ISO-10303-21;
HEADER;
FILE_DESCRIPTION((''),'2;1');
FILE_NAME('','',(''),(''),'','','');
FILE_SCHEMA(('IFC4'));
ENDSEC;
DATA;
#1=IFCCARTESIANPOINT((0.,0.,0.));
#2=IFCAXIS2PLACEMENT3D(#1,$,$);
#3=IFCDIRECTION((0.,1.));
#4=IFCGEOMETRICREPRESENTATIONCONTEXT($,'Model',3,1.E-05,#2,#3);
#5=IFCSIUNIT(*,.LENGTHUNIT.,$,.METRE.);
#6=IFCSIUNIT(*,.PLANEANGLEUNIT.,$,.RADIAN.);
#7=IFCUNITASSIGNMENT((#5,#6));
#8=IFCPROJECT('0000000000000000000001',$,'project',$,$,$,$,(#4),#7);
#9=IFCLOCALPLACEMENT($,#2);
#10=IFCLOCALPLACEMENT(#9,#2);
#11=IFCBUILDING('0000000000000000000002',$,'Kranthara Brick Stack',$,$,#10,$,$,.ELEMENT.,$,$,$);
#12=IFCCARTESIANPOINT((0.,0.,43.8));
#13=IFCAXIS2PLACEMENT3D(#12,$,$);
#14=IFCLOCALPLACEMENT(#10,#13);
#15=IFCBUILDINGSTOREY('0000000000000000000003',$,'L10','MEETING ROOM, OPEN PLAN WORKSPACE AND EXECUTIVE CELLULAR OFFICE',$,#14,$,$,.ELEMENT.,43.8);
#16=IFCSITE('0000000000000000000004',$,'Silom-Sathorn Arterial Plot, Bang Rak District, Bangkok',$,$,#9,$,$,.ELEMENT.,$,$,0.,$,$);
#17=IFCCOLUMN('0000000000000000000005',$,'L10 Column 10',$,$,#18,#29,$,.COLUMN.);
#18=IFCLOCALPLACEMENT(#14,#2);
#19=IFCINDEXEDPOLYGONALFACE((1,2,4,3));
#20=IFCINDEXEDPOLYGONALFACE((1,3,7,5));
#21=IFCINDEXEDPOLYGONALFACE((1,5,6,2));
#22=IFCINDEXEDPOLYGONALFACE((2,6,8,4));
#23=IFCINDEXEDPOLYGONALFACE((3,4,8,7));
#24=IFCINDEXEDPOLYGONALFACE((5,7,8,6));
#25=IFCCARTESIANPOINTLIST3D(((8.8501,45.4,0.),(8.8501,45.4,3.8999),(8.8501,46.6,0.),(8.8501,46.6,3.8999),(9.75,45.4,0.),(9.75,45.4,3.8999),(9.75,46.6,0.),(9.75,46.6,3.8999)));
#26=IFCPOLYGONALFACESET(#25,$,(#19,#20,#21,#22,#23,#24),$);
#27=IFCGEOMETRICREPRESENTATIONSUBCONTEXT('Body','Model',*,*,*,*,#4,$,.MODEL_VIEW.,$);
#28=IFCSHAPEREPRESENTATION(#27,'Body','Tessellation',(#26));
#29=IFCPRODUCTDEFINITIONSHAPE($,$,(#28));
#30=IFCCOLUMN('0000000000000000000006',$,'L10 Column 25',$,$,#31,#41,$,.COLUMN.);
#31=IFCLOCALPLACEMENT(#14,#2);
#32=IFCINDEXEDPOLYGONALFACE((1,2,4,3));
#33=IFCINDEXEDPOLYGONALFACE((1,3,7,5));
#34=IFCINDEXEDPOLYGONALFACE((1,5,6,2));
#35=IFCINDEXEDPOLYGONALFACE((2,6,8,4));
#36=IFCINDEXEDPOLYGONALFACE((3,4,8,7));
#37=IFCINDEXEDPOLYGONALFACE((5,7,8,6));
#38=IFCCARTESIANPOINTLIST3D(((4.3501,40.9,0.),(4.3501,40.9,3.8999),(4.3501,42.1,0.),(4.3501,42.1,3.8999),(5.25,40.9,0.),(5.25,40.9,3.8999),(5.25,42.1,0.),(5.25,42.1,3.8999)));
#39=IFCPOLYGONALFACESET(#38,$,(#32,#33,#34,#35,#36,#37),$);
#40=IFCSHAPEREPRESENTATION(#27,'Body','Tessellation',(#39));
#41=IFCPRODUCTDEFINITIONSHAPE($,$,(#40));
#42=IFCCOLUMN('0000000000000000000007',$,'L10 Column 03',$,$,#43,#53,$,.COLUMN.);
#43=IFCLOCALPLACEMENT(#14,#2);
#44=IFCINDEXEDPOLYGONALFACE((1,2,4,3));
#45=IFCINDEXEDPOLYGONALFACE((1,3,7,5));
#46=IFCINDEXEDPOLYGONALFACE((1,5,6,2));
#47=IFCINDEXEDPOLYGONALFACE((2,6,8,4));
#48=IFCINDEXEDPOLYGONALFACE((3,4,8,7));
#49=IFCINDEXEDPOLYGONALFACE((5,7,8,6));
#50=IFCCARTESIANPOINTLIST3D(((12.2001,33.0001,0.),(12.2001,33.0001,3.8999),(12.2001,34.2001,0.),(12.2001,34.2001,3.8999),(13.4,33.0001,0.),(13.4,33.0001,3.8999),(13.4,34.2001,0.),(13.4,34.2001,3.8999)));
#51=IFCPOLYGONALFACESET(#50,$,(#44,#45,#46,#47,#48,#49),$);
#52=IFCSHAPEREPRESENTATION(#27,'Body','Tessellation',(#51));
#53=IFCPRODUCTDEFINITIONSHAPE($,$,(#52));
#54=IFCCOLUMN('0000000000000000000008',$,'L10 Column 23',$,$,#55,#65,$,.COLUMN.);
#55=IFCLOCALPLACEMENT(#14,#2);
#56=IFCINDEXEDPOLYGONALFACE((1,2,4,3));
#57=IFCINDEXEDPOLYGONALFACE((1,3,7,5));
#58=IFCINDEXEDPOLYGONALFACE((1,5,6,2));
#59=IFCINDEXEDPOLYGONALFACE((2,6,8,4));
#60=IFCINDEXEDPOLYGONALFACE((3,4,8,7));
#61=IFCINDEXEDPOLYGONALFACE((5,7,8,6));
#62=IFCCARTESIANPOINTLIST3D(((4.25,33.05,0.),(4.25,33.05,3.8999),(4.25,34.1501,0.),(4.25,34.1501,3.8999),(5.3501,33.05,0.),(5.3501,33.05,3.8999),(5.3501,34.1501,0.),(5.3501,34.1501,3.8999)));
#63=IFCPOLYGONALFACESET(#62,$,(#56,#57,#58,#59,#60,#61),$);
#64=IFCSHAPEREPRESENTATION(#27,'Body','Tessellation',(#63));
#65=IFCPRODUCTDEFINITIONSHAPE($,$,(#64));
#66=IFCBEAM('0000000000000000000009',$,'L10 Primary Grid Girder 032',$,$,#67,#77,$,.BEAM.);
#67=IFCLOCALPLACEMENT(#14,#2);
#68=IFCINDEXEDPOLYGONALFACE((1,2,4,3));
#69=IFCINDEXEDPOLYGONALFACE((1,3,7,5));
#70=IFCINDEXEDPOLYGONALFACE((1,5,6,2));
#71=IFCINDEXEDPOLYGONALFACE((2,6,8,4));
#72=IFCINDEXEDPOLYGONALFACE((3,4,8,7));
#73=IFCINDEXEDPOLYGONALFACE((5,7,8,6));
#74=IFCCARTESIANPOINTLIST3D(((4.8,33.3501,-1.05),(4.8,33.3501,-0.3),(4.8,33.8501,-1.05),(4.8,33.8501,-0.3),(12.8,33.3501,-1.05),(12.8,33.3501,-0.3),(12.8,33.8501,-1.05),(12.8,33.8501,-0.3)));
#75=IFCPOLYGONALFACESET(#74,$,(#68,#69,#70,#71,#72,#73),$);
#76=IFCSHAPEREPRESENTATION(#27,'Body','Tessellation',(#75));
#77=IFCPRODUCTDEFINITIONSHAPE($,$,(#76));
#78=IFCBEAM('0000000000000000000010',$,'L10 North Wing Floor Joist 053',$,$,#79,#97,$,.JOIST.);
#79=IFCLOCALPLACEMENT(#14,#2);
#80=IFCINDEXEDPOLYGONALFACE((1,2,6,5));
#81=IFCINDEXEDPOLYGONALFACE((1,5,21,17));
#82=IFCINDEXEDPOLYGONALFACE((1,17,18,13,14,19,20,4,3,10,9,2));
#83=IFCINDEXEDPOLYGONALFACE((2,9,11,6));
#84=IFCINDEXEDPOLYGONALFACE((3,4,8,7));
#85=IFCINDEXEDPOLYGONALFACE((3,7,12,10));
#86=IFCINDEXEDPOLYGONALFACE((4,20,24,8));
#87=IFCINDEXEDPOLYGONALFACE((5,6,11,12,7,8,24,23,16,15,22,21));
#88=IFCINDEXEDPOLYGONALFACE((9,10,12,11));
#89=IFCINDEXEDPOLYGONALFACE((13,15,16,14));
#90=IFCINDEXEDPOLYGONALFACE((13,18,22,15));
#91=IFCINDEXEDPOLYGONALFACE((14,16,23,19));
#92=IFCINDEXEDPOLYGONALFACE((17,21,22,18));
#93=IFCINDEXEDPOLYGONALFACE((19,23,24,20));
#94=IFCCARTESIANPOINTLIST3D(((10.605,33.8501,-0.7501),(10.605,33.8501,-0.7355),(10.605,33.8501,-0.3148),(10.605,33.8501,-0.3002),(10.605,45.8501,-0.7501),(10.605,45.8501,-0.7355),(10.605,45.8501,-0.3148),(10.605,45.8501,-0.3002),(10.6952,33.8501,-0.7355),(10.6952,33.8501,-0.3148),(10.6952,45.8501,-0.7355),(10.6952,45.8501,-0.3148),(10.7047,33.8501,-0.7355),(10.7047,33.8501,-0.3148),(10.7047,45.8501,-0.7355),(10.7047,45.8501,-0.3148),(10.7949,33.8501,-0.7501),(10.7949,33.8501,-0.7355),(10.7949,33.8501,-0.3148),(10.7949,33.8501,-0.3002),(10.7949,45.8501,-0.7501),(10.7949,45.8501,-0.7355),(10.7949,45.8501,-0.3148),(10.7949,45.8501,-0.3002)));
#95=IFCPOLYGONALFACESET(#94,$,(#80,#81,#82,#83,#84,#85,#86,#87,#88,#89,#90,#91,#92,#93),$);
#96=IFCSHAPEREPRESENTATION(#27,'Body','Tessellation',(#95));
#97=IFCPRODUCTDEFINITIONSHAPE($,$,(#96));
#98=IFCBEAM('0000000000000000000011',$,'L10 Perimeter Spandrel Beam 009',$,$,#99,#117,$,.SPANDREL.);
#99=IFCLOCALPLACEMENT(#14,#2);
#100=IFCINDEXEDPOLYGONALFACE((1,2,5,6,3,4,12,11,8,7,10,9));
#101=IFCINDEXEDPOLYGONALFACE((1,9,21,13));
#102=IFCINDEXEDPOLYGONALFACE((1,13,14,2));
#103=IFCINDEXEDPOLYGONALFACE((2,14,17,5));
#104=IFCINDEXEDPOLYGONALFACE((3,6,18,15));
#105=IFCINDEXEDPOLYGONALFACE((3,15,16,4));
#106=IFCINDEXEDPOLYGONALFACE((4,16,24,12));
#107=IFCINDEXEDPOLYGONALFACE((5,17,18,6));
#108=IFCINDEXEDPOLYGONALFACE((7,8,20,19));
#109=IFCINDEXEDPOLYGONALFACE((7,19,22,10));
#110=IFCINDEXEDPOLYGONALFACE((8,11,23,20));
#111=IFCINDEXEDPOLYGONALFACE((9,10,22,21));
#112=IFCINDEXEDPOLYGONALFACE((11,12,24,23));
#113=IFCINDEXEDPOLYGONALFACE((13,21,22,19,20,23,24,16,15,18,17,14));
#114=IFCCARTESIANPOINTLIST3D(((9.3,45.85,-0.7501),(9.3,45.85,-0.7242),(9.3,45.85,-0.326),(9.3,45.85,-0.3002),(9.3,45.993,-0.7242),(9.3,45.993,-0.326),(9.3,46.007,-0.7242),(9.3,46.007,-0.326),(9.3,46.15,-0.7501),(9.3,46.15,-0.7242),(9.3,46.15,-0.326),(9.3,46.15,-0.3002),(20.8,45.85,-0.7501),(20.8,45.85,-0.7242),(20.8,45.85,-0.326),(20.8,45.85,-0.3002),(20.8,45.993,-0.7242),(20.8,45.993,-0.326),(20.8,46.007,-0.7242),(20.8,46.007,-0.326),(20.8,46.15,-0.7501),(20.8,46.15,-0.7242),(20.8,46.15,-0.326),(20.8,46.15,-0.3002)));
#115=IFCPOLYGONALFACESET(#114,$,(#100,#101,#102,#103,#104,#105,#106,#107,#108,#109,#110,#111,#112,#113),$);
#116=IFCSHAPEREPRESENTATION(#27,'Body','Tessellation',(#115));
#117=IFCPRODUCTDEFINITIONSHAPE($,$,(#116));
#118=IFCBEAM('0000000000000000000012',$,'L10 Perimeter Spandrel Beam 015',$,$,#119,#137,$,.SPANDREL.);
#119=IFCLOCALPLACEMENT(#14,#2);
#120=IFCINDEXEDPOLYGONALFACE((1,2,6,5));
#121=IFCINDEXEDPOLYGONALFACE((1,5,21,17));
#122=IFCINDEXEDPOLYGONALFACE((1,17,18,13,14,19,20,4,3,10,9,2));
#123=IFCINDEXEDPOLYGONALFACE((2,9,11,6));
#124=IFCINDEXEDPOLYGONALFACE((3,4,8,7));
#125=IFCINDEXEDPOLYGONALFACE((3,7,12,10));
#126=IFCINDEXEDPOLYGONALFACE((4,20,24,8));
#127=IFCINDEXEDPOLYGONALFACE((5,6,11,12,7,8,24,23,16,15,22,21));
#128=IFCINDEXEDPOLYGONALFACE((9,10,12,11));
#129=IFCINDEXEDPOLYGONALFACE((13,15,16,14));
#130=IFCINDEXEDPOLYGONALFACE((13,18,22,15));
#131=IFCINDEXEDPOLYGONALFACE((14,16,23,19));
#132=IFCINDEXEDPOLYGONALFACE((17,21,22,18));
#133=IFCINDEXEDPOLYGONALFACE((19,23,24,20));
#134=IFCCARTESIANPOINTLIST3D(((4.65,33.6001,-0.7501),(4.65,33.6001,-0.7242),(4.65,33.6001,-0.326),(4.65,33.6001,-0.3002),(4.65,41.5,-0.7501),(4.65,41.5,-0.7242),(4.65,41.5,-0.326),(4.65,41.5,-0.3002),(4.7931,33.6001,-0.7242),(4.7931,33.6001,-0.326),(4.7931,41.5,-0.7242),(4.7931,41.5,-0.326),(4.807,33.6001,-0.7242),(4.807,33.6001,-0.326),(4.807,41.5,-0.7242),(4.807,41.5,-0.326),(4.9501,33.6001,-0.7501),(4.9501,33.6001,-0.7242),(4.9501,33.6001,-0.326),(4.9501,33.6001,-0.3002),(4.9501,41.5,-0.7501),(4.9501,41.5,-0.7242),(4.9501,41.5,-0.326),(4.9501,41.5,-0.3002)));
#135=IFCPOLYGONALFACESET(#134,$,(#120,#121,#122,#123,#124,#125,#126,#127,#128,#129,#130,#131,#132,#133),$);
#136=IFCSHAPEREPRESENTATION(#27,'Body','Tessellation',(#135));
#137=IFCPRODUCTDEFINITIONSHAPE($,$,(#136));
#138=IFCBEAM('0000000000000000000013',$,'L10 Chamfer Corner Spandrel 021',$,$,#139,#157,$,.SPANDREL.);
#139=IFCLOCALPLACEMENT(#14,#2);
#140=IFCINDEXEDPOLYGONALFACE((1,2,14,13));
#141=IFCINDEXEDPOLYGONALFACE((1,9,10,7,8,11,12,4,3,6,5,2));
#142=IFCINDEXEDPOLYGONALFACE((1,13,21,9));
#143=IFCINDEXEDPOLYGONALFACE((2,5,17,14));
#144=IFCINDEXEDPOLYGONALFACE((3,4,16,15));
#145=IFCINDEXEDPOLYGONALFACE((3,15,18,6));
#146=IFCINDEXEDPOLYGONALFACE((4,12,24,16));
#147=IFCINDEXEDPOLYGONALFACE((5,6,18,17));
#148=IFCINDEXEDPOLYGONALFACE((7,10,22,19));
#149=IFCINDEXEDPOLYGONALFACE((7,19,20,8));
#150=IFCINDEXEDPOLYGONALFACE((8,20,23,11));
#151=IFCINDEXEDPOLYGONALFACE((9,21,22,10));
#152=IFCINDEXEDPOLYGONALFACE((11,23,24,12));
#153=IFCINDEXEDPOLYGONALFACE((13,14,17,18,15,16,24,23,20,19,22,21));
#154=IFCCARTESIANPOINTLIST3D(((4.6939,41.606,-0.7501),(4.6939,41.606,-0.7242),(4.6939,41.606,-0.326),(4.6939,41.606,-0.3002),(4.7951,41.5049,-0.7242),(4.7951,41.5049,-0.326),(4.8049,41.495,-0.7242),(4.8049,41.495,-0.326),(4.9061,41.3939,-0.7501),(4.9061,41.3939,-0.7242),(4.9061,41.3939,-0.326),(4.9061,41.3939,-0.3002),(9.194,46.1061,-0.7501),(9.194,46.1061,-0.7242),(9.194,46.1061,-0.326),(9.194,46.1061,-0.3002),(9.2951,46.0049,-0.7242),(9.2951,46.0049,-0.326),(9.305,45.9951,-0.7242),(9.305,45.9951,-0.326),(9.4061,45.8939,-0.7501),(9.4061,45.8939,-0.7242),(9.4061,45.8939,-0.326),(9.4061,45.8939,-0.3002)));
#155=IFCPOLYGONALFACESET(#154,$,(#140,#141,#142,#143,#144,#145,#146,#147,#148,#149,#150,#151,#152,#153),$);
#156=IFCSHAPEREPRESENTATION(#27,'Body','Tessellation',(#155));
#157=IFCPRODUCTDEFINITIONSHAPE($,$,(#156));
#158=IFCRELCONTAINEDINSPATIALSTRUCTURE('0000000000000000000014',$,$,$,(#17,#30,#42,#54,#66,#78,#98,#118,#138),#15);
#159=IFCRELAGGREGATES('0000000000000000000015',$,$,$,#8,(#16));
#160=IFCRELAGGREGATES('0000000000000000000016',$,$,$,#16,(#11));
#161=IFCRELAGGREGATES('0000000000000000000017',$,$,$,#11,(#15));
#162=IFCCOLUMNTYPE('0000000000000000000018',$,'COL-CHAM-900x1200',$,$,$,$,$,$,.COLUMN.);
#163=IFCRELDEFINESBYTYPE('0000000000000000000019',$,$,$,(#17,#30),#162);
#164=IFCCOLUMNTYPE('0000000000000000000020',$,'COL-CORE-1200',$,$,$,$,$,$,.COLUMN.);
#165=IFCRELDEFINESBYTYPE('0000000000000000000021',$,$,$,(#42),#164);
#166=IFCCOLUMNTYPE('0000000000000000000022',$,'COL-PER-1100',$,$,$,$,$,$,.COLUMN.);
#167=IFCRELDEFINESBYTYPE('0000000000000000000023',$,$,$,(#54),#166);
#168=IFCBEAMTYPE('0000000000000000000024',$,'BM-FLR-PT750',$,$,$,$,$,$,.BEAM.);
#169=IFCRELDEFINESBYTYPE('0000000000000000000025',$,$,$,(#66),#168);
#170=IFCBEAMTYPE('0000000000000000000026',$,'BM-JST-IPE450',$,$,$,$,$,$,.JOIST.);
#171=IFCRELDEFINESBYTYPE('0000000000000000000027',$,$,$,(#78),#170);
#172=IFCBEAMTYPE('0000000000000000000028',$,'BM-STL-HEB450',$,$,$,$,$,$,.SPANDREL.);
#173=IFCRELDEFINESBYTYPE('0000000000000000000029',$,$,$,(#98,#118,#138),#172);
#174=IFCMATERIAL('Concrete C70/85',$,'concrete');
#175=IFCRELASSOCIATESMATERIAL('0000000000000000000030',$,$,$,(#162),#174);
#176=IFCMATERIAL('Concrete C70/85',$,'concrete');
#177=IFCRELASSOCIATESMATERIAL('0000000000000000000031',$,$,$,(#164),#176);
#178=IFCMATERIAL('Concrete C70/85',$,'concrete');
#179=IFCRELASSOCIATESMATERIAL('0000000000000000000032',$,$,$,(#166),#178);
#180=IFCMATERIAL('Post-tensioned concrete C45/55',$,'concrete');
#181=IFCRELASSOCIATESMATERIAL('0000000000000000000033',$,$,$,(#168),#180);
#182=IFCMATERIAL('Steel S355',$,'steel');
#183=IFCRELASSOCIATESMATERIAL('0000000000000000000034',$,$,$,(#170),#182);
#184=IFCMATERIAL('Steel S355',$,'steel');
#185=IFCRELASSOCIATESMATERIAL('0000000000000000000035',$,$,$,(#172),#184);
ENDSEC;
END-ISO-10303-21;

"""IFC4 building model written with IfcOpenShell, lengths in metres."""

from ifc_helpers import new_model, si_unit, direction, frame, origin, origin_2d, place, context, subcontext, project, spatial, rectangle, i_section, extrude, material, material_profile, profile_set, type_object, element, save


model = new_model("IFC4")

# Units and contexts
model_context = context("Model", 3, precision=1e-05, world=origin(), true_north=direction((0.0, 1.0)))
body_context = subcontext(model_context, "Body", "Model", "MODEL_VIEW")
ifc_project = project(units=[si_unit("LENGTHUNIT", "METRE"), si_unit("PLANEANGLEUNIT", "RADIAN")], contexts=[model_context])

# Site, building, storey
site_placement = place(None, origin())
site = spatial("IfcSite", under=ifc_project, at=site_placement, Name="Silom-Sathorn Arterial Plot, Bang Rak District, Bangkok", CompositionType="ELEMENT", RefElevation=0.0)
building_placement = place(site_placement, origin())
building = spatial("IfcBuilding", under=site, at=building_placement, Name="Kranthara Brick Stack", CompositionType="ELEMENT")
storey_placement = place(building_placement, frame((0.0, 0.0, 43.8)))
storey = spatial("IfcBuildingStorey", under=building, at=storey_placement, Name="L10", Description="MEETING ROOM, OPEN PLAN WORKSPACE AND EXECUTIVE CELLULAR OFFICE", CompositionType="ELEMENT", Elevation=43.8)

# Columns
ifc_material_1 = material(Name="Concrete C70/85", Category="concrete")
ifc_material_profile_1 = material_profile(ifc_material_1, rectangle(XDim=0.8999, YDim=1.2, at=origin_2d()), Name="RC 900x1200")
ifc_profile_set_1 = profile_set([ifc_material_profile_1], Name="Concrete C70/85")
column_type_1 = type_object("IfcColumnType", Name="COL-CHAM-900x1200", PredefinedType="COLUMN", material=ifc_profile_set_1)
for number, where, z_axis, x_axis, name in (
    (1, (9.3, 46.0, 0.0), (0.0, 0.0, 1.0), (1.0, 0.0, 0.0), "L10 Column 10"),
    (2, (4.8, 41.5, 0.0), (0.0, 0.0, 1.0), (1.0, 0.0, 0.0), "L10 Column 25"),
):
    element("IfcColumn", number, at=place(storey_placement, frame(where, z_axis=z_axis, x_axis=x_axis)), inside=storey, type_object=column_type_1, Name=name, PredefinedType="COLUMN", context=body_context, shape_type="SweptSolid", body=[
        extrude(rectangle(XDim=0.8999, YDim=1.2, at=origin_2d()), origin(), (0.0, 0.0, 1.0), 3.8999),
    ])
ifc_material_2 = material(Name="Concrete C70/85", Category="concrete")
ifc_material_profile_2 = material_profile(ifc_material_2, rectangle(XDim=1.2, YDim=1.2, at=origin_2d()), Name="RC 1200x1200")
ifc_profile_set_2 = profile_set([ifc_material_profile_2], Name="Concrete C70/85")
column_type_2 = type_object("IfcColumnType", Name="COL-CORE-1200", PredefinedType="COLUMN", material=ifc_profile_set_2)
column_1_placement = place(storey_placement, frame((12.8, 33.6001, 0.0), z_axis=(0.0, 0.0, 1.0), x_axis=(1.0, 0.0, 0.0)))
element("IfcColumn", 3, at=column_1_placement, inside=storey, type_object=column_type_2, Name="L10 Column 03", PredefinedType="COLUMN", context=body_context, shape_type="SweptSolid", body=[
    extrude(rectangle(XDim=1.2, YDim=1.2, at=origin_2d()), origin(), (0.0, 0.0, 1.0), 3.8999),
])
ifc_material_3 = material(Name="Concrete C70/85", Category="concrete")
ifc_material_profile_3 = material_profile(ifc_material_3, rectangle(XDim=1.1001, YDim=1.1001, at=origin_2d()), Name="RC 1100x1100")
ifc_profile_set_3 = profile_set([ifc_material_profile_3], Name="Concrete C70/85")
column_type_3 = type_object("IfcColumnType", Name="COL-PER-1100", PredefinedType="COLUMN", material=ifc_profile_set_3)
column_2_placement = place(storey_placement, frame((4.8, 33.6001, 0.0), z_axis=(0.0, 0.0, 1.0), x_axis=(1.0, 0.0, 0.0)))
element("IfcColumn", 4, at=column_2_placement, inside=storey, type_object=column_type_3, Name="L10 Column 23", PredefinedType="COLUMN", context=body_context, shape_type="SweptSolid", body=[
    extrude(rectangle(XDim=1.1001, YDim=1.1001, at=origin_2d()), origin(), (0.0, 0.0, 1.0), 3.8999),
])

# Beams
ifc_material_4 = material(Name="Post-tensioned concrete C45/55", Category="concrete")
ifc_material_profile_4 = material_profile(ifc_material_4, rectangle(XDim=0.5, YDim=0.75, at=origin_2d()), Name="PT 500x750")
ifc_profile_set_4 = profile_set([ifc_material_profile_4], Name="Post-tensioned concrete C45/55")
beam_type_1 = type_object("IfcBeamType", Name="BM-FLR-PT750", PredefinedType="BEAM", material=ifc_profile_set_4)
beam_1_placement = place(storey_placement, frame((4.8, 33.6001, -0.675), z_axis=(1.0, 0.0, 0.0), x_axis=(0.0, 1.0, 0.0)))
element("IfcBeam", 5, at=beam_1_placement, inside=storey, type_object=beam_type_1, Name="L10 Primary Grid Girder 032", PredefinedType="BEAM", context=body_context, shape_type="SweptSolid", body=[
    extrude(rectangle(XDim=0.5, YDim=0.75, at=origin_2d()), origin(), (0.0, 0.0, 1.0), 8.0),
])
ifc_material_5 = material(Name="Steel S355", Category="steel")
ifc_material_profile_5 = material_profile(ifc_material_5, i_section(OverallWidth=0.1899, OverallDepth=0.45, WebThickness=0.0095, FlangeThickness=0.0146, at=origin_2d()), Name="IPE 450")
ifc_profile_set_5 = profile_set([ifc_material_profile_5], Name="Steel S355")
beam_type_2 = type_object("IfcBeamType", Name="BM-JST-IPE450", PredefinedType="JOIST", material=ifc_profile_set_5)
beam_2_placement = place(storey_placement, frame((10.7, 33.8501, -0.5251), z_axis=(0.0, 1.0, 0.0), x_axis=(-1.0, 0.0, 0.0)))
element("IfcBeam", 6, at=beam_2_placement, inside=storey, type_object=beam_type_2, Name="L10 North Wing Floor Joist 053", PredefinedType="JOIST", context=body_context, shape_type="SweptSolid", body=[
    extrude(i_section(OverallWidth=0.1899, OverallDepth=0.45, WebThickness=0.0095, FlangeThickness=0.0146, at=origin_2d()), origin(), (0.0, 0.0, 1.0), 12.0),
])
ifc_material_6 = material(Name="Steel S355", Category="steel")
ifc_material_profile_6 = material_profile(ifc_material_6, i_section(OverallWidth=0.3, OverallDepth=0.45, WebThickness=0.0139, FlangeThickness=0.0259, at=origin_2d()), Name="HEB 450")
ifc_profile_set_6 = profile_set([ifc_material_profile_6], Name="Steel S355")
beam_type_3 = type_object("IfcBeamType", Name="BM-STL-HEB450", PredefinedType="SPANDREL", material=ifc_profile_set_6)
beam_3_placement = place(storey_placement, frame((9.3, 46.0, -0.5251), z_axis=(1.0, 0.0, 0.0), x_axis=(0.0, 1.0, 0.0)))
element("IfcBeam", 7, at=beam_3_placement, inside=storey, type_object=beam_type_3, Name="L10 Perimeter Spandrel Beam 009", PredefinedType="SPANDREL", context=body_context, shape_type="SweptSolid", body=[
    extrude(i_section(OverallWidth=0.3, OverallDepth=0.45, WebThickness=0.0139, FlangeThickness=0.0259, at=origin_2d()), origin(), (0.0, 0.0, 1.0), 11.5),
])
beam_4_placement = place(storey_placement, frame((4.8, 33.6001, -0.5251), z_axis=(0.0, 1.0, 0.0), x_axis=(-1.0, 0.0, 0.0)))
element("IfcBeam", 8, at=beam_4_placement, inside=storey, type_object=beam_type_3, Name="L10 Perimeter Spandrel Beam 015", PredefinedType="SPANDREL", context=body_context, shape_type="SweptSolid", body=[
    extrude(i_section(OverallWidth=0.3, OverallDepth=0.45, WebThickness=0.0139, FlangeThickness=0.0259, at=origin_2d()), origin(), (0.0, 0.0, 1.0), 7.8999),
])
beam_5_placement = place(storey_placement, frame((9.3, 46.0, -0.5251), z_axis=(-0.707107, -0.707107, 0.0), x_axis=(0.707107, -0.707107, 0.0)))
element("IfcBeam", 9, at=beam_5_placement, inside=storey, type_object=beam_type_3, Name="L10 Chamfer Corner Spandrel 021", PredefinedType="SPANDREL", context=body_context, shape_type="SweptSolid", body=[
    extrude(i_section(OverallWidth=0.3, OverallDepth=0.45, WebThickness=0.0139, FlangeThickness=0.0259, at=origin_2d()), origin(), (0.0, 0.0, 1.0), 6.364),
])

save(model, "model.ifc")
